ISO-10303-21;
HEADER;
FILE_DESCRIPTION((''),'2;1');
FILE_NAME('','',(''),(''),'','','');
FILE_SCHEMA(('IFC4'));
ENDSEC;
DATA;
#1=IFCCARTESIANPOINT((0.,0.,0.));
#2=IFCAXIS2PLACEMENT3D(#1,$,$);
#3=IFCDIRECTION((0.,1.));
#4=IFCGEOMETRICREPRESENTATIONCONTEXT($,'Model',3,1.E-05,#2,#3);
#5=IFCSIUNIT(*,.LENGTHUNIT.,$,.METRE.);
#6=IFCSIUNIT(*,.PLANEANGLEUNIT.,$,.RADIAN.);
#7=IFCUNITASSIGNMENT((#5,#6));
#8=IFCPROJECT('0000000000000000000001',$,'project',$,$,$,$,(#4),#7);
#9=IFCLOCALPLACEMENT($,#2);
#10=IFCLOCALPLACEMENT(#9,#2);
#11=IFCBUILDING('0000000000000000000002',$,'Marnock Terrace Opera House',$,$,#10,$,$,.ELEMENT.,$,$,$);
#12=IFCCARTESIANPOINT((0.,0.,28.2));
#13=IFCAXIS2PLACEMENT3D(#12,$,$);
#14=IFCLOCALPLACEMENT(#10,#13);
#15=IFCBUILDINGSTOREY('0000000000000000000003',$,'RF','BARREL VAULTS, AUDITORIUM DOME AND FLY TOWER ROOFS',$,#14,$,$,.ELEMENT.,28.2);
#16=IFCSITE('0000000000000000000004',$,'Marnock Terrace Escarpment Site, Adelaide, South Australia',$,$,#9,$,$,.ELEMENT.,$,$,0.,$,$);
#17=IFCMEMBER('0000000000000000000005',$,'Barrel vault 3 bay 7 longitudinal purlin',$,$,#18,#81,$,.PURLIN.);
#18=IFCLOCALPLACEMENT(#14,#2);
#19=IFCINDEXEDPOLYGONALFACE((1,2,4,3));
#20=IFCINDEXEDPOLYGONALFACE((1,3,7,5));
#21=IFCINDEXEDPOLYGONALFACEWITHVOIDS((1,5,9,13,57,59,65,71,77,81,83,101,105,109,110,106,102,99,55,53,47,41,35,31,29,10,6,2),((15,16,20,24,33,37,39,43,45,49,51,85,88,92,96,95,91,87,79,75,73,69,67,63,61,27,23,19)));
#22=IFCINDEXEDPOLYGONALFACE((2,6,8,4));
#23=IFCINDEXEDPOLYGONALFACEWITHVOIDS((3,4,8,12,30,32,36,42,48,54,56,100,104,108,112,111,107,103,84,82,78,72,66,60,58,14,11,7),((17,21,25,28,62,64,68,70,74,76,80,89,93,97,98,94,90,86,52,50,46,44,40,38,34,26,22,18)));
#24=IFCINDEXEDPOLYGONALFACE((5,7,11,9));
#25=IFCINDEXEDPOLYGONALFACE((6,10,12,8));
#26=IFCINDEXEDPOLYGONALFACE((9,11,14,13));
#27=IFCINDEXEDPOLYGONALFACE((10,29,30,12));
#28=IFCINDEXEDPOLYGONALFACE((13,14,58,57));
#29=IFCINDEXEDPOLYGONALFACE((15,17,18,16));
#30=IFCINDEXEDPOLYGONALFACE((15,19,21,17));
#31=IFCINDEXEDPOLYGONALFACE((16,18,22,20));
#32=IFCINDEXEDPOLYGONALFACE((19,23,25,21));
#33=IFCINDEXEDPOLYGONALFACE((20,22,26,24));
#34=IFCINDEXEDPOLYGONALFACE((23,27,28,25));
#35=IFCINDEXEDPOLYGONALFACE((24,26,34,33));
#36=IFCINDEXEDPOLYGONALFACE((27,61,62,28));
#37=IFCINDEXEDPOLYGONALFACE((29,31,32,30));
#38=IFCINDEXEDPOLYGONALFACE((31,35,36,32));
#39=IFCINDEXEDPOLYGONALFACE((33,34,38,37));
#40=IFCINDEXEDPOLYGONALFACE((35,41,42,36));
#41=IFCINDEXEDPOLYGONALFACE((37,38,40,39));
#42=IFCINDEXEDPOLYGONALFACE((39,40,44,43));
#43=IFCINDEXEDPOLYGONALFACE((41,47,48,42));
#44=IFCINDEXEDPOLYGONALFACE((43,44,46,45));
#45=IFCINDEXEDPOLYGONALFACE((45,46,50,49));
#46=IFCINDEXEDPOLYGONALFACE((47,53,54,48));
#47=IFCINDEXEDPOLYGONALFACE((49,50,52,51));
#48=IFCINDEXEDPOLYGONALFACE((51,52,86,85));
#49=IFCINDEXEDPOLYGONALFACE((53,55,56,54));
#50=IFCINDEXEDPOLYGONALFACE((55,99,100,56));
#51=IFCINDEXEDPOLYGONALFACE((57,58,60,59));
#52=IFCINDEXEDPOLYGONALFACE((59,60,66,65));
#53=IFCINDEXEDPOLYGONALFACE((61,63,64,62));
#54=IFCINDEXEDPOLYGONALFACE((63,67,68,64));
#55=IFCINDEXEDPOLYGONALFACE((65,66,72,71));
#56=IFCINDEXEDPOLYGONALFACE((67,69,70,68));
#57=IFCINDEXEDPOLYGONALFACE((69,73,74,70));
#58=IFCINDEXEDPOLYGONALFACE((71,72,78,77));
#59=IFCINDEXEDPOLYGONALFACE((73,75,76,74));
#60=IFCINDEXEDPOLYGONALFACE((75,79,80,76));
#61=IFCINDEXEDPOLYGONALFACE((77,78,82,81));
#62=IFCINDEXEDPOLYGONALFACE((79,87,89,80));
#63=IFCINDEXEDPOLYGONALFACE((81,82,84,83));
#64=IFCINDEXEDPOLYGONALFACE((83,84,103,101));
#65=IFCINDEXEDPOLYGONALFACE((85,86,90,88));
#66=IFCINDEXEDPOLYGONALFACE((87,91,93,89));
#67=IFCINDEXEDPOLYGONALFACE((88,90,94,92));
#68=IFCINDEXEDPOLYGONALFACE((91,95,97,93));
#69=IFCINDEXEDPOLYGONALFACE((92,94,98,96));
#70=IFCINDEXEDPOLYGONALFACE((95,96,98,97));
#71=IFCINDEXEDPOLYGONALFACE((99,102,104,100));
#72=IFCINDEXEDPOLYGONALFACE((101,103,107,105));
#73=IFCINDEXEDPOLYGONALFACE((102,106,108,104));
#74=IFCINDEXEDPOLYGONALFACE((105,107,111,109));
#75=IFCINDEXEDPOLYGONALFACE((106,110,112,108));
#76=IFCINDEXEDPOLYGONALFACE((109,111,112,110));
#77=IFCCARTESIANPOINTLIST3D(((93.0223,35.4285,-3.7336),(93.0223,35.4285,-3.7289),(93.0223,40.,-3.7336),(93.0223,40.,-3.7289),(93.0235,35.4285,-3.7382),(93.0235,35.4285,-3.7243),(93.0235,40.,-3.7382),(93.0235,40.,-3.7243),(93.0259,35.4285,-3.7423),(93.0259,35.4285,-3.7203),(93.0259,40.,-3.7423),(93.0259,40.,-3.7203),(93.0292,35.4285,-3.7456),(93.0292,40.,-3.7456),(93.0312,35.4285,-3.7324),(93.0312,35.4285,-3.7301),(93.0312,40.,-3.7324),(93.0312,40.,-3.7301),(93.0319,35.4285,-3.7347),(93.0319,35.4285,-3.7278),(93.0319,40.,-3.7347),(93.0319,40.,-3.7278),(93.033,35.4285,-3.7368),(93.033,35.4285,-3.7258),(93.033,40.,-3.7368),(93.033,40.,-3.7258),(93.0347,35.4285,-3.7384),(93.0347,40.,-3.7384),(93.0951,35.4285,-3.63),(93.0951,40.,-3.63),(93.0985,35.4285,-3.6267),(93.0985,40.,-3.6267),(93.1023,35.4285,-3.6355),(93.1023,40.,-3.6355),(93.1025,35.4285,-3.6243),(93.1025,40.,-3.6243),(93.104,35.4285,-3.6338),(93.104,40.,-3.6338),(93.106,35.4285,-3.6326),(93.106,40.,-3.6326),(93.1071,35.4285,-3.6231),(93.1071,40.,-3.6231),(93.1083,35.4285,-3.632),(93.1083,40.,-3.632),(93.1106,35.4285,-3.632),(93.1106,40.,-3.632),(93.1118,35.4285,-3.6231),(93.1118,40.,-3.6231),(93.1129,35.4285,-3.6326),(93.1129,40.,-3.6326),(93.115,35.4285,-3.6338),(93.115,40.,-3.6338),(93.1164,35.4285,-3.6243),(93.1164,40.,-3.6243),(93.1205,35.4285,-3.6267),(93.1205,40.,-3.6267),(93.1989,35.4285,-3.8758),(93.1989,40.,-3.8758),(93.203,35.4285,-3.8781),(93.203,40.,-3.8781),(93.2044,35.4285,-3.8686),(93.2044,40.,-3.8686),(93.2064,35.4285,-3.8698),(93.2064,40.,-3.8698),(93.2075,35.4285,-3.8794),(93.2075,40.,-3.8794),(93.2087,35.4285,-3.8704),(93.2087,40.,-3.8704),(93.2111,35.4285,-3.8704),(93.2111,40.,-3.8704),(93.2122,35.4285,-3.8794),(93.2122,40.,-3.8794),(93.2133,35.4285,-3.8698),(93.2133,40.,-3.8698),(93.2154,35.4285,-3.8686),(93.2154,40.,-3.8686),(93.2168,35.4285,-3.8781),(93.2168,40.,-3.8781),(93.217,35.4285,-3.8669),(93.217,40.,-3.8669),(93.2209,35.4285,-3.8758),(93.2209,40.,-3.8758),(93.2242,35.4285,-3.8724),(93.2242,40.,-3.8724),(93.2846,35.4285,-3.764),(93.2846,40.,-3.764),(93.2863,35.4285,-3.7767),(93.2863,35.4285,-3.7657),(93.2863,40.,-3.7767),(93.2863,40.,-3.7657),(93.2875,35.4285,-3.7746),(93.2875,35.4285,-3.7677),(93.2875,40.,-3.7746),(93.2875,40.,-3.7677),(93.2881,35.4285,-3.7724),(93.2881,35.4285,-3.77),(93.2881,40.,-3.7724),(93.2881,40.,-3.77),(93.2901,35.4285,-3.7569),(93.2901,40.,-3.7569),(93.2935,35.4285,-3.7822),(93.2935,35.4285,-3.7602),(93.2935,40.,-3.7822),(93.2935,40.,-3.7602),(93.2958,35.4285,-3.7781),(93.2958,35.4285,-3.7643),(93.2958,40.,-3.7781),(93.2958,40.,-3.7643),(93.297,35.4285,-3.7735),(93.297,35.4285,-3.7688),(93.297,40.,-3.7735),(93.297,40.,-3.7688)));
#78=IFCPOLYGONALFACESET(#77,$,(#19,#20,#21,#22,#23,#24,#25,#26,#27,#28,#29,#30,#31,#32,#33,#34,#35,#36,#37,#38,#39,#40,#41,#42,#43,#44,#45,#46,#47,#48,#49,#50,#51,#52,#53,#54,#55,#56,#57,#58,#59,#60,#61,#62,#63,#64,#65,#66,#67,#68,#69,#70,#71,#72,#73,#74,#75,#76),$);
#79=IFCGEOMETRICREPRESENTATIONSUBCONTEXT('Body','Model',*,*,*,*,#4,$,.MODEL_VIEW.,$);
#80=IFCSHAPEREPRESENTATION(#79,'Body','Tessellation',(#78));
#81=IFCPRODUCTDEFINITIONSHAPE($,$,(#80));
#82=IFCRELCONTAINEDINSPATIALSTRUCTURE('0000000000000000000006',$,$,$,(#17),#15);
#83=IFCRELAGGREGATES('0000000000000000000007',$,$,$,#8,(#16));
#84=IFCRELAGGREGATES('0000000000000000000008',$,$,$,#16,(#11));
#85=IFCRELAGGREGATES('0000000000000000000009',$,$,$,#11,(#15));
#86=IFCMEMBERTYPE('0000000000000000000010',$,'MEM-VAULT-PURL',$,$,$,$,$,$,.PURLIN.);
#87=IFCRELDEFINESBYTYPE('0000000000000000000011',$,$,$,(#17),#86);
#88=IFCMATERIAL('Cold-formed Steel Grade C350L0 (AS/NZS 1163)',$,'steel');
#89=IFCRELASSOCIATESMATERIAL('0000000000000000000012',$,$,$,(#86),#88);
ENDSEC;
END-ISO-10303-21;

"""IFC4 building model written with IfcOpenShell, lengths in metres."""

from ifc_helpers import new_model, si_unit, direction, frame, origin, origin_2d, place, context, subcontext, project, spatial, hollow_rectangle, extrude, material, material_profile, profile_set, type_object, element, save


model = new_model("IFC4")

# Units and contexts
model_context = context("Model", 3, precision=1e-05, world=origin(), true_north=direction((0.0, 1.0)))
body_context = subcontext(model_context, "Body", "Model", "MODEL_VIEW")
ifc_project = project(units=[si_unit("LENGTHUNIT", "METRE"), si_unit("PLANEANGLEUNIT", "RADIAN")], contexts=[model_context])

# Site, building, storey
site_placement = place(None, origin())
site = spatial("IfcSite", under=ifc_project, at=site_placement, Name="Marnock Terrace Escarpment Site, Adelaide, South Australia", CompositionType="ELEMENT", RefElevation=0.0)
building_placement = place(site_placement, origin())
building = spatial("IfcBuilding", under=site, at=building_placement, Name="Marnock Terrace Opera House", CompositionType="ELEMENT")
storey_placement = place(building_placement, frame((0.0, 0.0, 28.2)))
storey = spatial("IfcBuildingStorey", under=building, at=storey_placement, Name="RF", Description="BARREL VAULTS, AUDITORIUM DOME AND FLY TOWER ROOFS", CompositionType="ELEMENT", Elevation=28.2)

# Member
ifc_material = material(Name="Cold-formed Steel Grade C350L0 (AS/NZS 1163)", Category="steel")
ifc_material_profile_1 = material_profile(ifc_material, hollow_rectangle(XDim=0.1499, YDim=0.25, WallThickness=0.009, InnerFilletRadius=0.009, OuterFilletRadius=0.0181, at=origin_2d()))
ifc_profile_set_1 = profile_set([ifc_material_profile_1], Name="Cold-formed Steel Grade C350L0 (AS/NZS 1163)")
member_type_1 = type_object("IfcMemberType", Name="MEM-VAULT-PURL", PredefinedType="PURLIN", material=ifc_profile_set_1)
member_1_placement = place(storey_placement, frame((93.1597, 35.4285, -3.7512), z_axis=(0.0, 1.0, 0.0), x_axis=(-0.608761, 0.0, -0.793353)))
element("IfcMember", 1, at=member_1_placement, inside=storey, type_object=member_type_1, Name="Barrel vault 3 bay 7 longitudinal purlin", PredefinedType="PURLIN", context=body_context, shape_type="SweptSolid", body=[
    extrude(hollow_rectangle(XDim=0.1499, YDim=0.25, WallThickness=0.009, InnerFilletRadius=0.009, OuterFilletRadius=0.0181, at=origin_2d()), origin(), (0.0, 0.0, 1.0), 4.5715),
])

save(model, "model.ifc")
